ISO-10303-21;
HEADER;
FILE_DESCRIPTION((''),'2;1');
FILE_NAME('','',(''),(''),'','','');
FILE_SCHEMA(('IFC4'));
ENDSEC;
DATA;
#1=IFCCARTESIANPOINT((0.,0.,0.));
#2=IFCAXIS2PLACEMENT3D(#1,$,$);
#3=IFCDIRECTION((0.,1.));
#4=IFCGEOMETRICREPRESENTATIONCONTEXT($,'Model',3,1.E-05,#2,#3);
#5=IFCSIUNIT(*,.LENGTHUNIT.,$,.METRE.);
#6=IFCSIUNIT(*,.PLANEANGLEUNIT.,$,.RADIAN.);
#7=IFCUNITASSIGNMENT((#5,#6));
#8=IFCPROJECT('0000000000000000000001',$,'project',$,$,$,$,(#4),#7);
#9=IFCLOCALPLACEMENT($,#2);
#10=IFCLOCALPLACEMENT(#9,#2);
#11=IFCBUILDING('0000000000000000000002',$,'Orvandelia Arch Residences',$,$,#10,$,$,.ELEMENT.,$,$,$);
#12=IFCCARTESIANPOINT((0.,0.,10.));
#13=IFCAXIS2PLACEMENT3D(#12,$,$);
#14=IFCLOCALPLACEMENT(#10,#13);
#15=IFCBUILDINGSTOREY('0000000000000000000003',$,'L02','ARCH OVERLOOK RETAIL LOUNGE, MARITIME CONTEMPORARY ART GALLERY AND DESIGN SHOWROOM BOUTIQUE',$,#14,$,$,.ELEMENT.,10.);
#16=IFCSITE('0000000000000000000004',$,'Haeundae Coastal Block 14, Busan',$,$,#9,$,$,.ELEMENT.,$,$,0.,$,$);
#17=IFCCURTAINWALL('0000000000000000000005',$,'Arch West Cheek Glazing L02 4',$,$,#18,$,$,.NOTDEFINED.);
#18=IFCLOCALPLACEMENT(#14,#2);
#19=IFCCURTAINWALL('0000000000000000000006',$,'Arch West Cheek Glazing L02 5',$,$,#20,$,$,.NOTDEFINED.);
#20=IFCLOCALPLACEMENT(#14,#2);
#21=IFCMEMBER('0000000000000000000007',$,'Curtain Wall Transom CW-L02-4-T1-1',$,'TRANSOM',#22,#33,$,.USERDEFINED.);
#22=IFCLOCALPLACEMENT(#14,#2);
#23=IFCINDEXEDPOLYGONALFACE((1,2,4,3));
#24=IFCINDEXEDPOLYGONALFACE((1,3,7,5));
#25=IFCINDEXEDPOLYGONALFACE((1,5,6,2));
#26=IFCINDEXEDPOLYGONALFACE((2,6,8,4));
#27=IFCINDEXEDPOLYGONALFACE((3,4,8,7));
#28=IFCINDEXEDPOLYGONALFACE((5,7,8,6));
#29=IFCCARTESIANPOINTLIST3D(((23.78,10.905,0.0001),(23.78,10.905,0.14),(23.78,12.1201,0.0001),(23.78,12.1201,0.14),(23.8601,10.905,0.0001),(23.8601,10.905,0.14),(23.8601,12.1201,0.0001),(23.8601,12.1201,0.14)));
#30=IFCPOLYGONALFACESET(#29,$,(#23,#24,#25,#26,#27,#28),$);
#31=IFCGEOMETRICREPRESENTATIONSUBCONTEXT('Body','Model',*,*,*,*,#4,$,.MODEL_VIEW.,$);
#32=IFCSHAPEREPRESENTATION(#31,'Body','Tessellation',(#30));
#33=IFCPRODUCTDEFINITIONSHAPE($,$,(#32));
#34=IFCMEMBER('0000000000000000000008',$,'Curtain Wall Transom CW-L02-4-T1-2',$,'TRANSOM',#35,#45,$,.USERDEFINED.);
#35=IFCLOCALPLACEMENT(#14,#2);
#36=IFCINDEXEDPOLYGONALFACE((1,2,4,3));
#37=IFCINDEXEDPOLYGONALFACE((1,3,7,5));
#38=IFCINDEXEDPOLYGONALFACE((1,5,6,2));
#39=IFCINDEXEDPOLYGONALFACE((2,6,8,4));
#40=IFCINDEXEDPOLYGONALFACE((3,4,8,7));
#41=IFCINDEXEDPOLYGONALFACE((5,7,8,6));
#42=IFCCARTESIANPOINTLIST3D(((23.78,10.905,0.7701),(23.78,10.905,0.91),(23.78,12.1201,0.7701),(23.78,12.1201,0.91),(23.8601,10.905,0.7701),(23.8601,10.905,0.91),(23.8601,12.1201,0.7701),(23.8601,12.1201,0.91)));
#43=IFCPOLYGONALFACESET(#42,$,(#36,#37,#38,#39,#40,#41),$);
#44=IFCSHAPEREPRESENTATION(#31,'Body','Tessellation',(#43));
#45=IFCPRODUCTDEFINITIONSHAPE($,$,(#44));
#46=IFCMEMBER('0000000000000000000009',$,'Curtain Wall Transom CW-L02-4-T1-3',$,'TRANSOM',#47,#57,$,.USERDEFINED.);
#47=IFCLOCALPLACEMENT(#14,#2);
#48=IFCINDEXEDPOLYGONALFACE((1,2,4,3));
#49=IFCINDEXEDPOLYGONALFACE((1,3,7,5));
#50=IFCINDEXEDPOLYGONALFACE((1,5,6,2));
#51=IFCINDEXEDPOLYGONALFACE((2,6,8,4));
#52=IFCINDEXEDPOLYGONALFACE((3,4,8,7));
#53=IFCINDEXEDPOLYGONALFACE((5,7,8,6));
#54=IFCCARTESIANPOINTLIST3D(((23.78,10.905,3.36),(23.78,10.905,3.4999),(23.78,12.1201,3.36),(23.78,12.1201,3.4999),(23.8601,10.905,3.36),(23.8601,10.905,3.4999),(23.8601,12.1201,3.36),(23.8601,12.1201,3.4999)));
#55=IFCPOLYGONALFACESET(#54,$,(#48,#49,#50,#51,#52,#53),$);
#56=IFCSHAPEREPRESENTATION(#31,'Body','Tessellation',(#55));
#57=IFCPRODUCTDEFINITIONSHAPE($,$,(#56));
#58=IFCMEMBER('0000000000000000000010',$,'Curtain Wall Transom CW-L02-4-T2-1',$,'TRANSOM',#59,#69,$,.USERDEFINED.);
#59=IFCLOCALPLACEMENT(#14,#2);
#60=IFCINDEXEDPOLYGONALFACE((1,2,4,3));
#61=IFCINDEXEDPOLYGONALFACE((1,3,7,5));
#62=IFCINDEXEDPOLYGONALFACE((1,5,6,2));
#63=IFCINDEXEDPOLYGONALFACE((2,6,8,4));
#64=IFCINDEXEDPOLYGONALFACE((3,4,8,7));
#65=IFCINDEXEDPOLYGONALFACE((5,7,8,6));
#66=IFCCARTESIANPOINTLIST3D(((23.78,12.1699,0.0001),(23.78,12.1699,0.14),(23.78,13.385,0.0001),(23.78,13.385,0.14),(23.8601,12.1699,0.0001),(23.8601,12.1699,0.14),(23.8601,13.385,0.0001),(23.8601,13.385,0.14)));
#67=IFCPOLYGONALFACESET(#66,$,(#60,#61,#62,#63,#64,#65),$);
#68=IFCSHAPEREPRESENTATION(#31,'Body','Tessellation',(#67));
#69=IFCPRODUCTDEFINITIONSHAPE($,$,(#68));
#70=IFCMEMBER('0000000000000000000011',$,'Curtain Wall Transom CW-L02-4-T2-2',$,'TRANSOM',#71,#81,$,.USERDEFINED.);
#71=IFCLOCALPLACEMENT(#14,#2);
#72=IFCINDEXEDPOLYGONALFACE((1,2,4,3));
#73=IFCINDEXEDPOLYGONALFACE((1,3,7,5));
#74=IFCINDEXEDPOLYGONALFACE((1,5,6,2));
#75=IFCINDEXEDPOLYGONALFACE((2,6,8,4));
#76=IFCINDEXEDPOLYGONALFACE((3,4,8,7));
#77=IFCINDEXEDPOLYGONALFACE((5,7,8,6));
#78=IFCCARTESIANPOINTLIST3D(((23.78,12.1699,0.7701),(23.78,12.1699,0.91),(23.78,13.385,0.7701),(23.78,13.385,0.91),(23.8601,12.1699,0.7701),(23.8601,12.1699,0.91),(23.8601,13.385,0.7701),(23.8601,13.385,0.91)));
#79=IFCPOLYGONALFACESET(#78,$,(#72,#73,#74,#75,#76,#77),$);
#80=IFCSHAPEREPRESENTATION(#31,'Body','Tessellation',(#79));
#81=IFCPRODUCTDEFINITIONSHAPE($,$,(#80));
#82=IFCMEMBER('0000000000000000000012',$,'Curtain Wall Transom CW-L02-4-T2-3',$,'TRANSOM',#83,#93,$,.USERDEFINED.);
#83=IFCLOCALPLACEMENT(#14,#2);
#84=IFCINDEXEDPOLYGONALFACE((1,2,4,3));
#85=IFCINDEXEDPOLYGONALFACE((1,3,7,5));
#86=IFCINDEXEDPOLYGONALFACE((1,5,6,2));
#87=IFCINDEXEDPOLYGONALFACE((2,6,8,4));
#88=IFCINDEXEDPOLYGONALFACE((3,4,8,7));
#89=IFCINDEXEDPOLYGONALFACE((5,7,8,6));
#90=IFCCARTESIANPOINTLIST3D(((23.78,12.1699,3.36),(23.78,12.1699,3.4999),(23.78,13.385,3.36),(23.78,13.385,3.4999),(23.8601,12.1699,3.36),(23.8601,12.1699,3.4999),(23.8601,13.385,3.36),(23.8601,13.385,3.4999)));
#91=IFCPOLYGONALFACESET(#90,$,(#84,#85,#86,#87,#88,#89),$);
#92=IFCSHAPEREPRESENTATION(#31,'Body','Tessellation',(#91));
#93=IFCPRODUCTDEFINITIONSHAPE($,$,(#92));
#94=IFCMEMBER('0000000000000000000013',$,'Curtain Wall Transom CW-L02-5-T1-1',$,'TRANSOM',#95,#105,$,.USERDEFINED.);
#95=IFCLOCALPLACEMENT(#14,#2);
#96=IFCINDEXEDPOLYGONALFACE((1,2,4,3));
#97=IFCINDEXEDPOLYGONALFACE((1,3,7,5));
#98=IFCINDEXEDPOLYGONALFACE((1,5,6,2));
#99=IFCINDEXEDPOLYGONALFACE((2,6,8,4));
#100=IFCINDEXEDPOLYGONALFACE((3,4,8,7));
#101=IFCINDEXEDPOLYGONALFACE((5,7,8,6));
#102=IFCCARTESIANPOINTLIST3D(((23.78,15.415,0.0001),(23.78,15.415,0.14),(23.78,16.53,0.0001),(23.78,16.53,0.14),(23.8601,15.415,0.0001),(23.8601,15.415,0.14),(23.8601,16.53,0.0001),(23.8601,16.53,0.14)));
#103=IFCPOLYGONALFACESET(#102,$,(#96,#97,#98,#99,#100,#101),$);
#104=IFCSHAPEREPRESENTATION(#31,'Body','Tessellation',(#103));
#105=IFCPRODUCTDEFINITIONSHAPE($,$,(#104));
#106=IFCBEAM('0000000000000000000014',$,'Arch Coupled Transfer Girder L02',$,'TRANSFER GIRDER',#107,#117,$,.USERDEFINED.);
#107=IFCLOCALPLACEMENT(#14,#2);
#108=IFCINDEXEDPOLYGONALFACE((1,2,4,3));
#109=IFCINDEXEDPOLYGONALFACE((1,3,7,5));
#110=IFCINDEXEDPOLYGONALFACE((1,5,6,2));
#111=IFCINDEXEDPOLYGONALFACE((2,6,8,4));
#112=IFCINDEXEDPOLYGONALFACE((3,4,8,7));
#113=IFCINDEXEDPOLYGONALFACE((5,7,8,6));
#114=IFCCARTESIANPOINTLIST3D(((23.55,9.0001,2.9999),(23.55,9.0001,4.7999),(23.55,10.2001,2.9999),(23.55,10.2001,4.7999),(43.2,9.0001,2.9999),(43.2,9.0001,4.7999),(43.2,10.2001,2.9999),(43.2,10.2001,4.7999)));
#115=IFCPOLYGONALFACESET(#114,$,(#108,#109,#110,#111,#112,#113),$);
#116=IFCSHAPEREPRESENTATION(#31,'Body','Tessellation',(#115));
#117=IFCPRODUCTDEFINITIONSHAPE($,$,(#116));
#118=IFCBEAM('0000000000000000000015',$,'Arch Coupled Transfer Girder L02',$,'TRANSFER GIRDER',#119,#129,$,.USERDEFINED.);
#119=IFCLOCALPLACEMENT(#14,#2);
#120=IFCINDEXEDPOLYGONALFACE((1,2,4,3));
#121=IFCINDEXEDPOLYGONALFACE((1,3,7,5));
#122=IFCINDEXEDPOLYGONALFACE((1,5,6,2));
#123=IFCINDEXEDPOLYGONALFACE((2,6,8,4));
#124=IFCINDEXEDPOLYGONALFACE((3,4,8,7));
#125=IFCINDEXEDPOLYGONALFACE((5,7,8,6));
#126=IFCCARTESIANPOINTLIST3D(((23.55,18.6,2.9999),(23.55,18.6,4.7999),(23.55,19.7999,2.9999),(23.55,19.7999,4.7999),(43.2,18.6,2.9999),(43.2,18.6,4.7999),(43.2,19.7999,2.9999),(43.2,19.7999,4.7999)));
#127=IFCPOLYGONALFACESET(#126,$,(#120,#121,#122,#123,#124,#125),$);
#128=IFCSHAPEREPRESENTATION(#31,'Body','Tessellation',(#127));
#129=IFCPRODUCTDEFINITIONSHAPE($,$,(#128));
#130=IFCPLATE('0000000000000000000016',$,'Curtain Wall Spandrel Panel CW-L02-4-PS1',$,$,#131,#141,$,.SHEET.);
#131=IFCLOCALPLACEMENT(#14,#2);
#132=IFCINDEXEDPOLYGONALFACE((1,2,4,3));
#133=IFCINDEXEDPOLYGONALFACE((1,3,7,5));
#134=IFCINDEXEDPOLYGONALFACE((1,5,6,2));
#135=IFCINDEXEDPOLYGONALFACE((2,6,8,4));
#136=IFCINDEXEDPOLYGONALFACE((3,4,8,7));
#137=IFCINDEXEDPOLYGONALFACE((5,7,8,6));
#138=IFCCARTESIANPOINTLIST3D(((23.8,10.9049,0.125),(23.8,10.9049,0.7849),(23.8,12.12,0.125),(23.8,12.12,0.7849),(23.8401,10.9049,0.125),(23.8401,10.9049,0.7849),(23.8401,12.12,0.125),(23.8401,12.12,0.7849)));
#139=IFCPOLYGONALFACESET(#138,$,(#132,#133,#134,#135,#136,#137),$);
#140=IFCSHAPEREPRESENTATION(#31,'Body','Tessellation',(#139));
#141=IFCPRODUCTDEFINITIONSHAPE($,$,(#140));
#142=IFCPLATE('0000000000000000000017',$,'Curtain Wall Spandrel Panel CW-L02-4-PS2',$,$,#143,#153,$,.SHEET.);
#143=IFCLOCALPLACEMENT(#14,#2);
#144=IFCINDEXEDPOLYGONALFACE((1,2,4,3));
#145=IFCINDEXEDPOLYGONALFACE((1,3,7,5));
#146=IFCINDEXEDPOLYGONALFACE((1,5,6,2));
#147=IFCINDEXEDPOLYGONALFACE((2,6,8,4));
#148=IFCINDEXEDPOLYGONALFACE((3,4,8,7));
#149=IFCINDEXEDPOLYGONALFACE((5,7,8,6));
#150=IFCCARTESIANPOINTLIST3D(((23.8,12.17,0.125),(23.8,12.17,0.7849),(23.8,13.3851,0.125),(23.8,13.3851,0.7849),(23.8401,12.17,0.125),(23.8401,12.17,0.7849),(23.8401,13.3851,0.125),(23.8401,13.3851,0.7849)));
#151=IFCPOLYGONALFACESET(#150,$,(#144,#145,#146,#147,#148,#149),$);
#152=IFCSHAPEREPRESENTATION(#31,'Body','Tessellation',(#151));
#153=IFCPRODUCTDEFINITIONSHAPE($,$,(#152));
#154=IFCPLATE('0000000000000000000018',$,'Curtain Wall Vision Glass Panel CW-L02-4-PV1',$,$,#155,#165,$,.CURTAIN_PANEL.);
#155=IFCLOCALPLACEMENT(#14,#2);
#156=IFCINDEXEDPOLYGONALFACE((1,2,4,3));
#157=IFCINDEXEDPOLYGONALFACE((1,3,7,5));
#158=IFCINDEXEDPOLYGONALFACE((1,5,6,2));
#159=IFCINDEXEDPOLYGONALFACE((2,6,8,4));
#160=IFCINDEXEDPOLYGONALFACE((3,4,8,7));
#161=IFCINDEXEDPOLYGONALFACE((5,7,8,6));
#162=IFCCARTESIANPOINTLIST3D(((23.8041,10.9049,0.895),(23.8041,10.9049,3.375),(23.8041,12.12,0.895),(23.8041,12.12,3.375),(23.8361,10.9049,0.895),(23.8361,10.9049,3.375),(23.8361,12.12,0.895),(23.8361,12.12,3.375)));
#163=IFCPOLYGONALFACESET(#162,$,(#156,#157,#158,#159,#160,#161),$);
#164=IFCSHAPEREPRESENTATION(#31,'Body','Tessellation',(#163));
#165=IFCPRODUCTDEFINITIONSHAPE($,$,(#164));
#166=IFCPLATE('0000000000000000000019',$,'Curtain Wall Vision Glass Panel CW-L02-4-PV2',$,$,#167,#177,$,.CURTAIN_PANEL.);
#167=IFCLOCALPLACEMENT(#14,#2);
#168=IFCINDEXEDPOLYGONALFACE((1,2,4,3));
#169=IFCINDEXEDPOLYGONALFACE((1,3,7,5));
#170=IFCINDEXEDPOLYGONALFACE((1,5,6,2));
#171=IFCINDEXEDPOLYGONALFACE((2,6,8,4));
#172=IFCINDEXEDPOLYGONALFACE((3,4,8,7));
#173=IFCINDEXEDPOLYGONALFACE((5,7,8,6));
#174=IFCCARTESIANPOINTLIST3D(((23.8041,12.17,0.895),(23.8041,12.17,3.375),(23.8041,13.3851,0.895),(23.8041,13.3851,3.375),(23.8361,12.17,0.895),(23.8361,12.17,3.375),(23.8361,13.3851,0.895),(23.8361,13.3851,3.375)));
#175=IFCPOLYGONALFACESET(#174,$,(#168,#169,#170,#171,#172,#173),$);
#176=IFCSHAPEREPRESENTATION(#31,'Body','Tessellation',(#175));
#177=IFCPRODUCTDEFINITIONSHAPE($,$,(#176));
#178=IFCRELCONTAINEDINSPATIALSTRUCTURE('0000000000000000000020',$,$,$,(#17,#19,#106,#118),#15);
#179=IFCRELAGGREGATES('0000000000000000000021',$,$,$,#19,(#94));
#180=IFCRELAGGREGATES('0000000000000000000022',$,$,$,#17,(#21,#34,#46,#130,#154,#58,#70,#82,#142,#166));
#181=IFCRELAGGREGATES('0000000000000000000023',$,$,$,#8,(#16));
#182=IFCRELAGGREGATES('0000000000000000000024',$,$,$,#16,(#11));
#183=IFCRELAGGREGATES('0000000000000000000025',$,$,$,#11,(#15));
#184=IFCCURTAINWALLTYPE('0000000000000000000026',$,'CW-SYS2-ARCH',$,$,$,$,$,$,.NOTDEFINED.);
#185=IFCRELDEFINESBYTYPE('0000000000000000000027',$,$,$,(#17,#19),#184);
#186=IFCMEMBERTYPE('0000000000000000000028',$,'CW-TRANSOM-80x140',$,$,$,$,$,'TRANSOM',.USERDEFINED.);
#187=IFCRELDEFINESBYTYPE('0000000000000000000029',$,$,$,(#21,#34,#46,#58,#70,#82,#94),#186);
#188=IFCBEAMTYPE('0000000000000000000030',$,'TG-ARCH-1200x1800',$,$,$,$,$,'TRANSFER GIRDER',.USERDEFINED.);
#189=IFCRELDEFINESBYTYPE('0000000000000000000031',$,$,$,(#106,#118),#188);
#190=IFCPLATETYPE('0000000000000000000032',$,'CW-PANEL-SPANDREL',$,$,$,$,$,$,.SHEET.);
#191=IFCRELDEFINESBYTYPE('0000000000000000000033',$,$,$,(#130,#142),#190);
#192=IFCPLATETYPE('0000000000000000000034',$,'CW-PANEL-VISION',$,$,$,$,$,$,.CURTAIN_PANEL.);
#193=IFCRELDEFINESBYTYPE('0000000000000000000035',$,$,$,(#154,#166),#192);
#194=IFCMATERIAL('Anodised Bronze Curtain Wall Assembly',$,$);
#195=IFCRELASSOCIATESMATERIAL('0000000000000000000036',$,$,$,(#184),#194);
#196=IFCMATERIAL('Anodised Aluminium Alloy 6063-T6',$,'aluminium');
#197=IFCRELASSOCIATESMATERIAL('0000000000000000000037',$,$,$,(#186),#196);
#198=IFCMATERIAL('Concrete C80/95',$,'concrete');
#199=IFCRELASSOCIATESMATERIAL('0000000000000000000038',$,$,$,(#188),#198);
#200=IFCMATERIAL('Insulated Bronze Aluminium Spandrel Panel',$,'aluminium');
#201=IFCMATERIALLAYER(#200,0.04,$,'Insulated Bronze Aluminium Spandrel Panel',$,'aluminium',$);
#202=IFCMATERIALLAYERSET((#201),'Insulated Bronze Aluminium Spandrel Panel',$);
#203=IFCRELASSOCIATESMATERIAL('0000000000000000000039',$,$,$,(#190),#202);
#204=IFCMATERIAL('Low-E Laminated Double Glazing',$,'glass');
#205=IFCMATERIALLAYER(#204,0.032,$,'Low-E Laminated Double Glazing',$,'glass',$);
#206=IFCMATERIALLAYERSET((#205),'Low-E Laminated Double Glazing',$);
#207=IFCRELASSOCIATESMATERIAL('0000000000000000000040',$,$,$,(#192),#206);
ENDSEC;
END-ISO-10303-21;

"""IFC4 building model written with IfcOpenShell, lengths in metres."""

from ifc_helpers import new_model, si_unit, direction, frame, origin, origin_2d, place, context, subcontext, project, spatial, rectangle, extrude, material, layer, layer_set, material_profile, profile_set, type_object, element, aggregate, save


model = new_model("IFC4")

# Units and contexts
model_context = context("Model", 3, precision=1e-05, world=origin(), true_north=direction((0.0, 1.0)))
body_context = subcontext(model_context, "Body", "Model", "MODEL_VIEW")
ifc_project = project(units=[si_unit("LENGTHUNIT", "METRE"), si_unit("PLANEANGLEUNIT", "RADIAN")], contexts=[model_context])

# Site, building, storey
site_placement = place(None, origin())
site = spatial("IfcSite", under=ifc_project, at=site_placement, Name="Haeundae Coastal Block 14, Busan", CompositionType="ELEMENT", RefElevation=0.0)
building_placement = place(site_placement, origin())
building = spatial("IfcBuilding", under=site, at=building_placement, Name="Orvandelia Arch Residences", CompositionType="ELEMENT")
storey_placement = place(building_placement, frame((0.0, 0.0, 10.0)))
storey = spatial("IfcBuildingStorey", under=building, at=storey_placement, Name="L02", Description="ARCH OVERLOOK RETAIL LOUNGE, MARITIME CONTEMPORARY ART GALLERY AND DESIGN SHOWROOM BOUTIQUE", CompositionType="ELEMENT", Elevation=10.0)

# Curtain wall
ifc_material_1 = material(Name="Anodised Bronze Curtain Wall Assembly")
curtain_wall_type = type_object("IfcCurtainWallType", Name="CW-SYS2-ARCH", PredefinedType="NOTDEFINED", material=ifc_material_1)
curtain_wall_1_placement = place(storey_placement, origin())
curtain_wall_1 = element("IfcCurtainWall", 1, at=curtain_wall_1_placement, inside=storey, type_object=curtain_wall_type, Name="Arch West Cheek Glazing L02 4", PredefinedType="NOTDEFINED")
ifc_material_2 = material(Name="Anodised Aluminium Alloy 6063-T6", Category="aluminium")

# Curtain wall
curtain_wall_2_placement = place(storey_placement, origin())
curtain_wall_2 = element("IfcCurtainWall", 2, at=curtain_wall_2_placement, inside=storey, type_object=curtain_wall_type, Name="Arch West Cheek Glazing L02 5", PredefinedType="NOTDEFINED")

# Members
ifc_material_profile_1 = material_profile(ifc_material_2, rectangle(XDim=0.0801, YDim=0.1399, at=origin_2d()), Name="Anodised Aluminium Alloy 6063-T6", Category="aluminium")
ifc_profile_set_1 = profile_set([ifc_material_profile_1], Name="Anodised Aluminium Alloy 6063-T6")
member_type_1 = type_object("IfcMemberType", Name="CW-TRANSOM-80x140", ElementType="TRANSOM", PredefinedType="USERDEFINED", material=ifc_profile_set_1)
member_1_placement = place(storey_placement, frame((23.8201, 10.905, 0.0701), z_axis=(0.0, 1.0, 0.0), x_axis=(-1.0, 0.0, 0.0)))
member_1 = element("IfcMember", 3, at=member_1_placement, type_object=member_type_1, Name="Curtain Wall Transom CW-L02-4-T1-1", ObjectType="TRANSOM", PredefinedType="USERDEFINED", context=body_context, shape_type="SweptSolid", body=[
    extrude(rectangle(XDim=0.0801, YDim=0.1399, at=origin_2d()), origin(), (0.0, 0.0, 1.0), 1.2151),
])
member_2_placement = place(storey_placement, frame((23.8201, 10.905, 0.8401), z_axis=(0.0, 1.0, 0.0), x_axis=(-1.0, 0.0, 0.0)))
member_2 = element("IfcMember", 4, at=member_2_placement, type_object=member_type_1, Name="Curtain Wall Transom CW-L02-4-T1-2", ObjectType="TRANSOM", PredefinedType="USERDEFINED", context=body_context, shape_type="SweptSolid", body=[
    extrude(rectangle(XDim=0.0801, YDim=0.1399, at=origin_2d()), origin(), (0.0, 0.0, 1.0), 1.2151),
])
member_3_placement = place(storey_placement, frame((23.8201, 10.905, 3.4299), z_axis=(0.0, 1.0, 0.0), x_axis=(-1.0, 0.0, 0.0)))
member_3 = element("IfcMember", 5, at=member_3_placement, type_object=member_type_1, Name="Curtain Wall Transom CW-L02-4-T1-3", ObjectType="TRANSOM", PredefinedType="USERDEFINED", context=body_context, shape_type="SweptSolid", body=[
    extrude(rectangle(XDim=0.0801, YDim=0.1399, at=origin_2d()), origin(), (0.0, 0.0, 1.0), 1.2151),
])
member_4_placement = place(storey_placement, frame((23.8201, 12.1699, 0.0701), z_axis=(0.0, 1.0, 0.0), x_axis=(-1.0, 0.0, 0.0)))
member_4 = element("IfcMember", 6, at=member_4_placement, type_object=member_type_1, Name="Curtain Wall Transom CW-L02-4-T2-1", ObjectType="TRANSOM", PredefinedType="USERDEFINED", context=body_context, shape_type="SweptSolid", body=[
    extrude(rectangle(XDim=0.0801, YDim=0.1399, at=origin_2d()), origin(), (0.0, 0.0, 1.0), 1.2151),
])
member_5_placement = place(storey_placement, frame((23.8201, 12.1699, 0.8401), z_axis=(0.0, 1.0, 0.0), x_axis=(-1.0, 0.0, 0.0)))
member_5 = element("IfcMember", 7, at=member_5_placement, type_object=member_type_1, Name="Curtain Wall Transom CW-L02-4-T2-2", ObjectType="TRANSOM", PredefinedType="USERDEFINED", context=body_context, shape_type="SweptSolid", body=[
    extrude(rectangle(XDim=0.0801, YDim=0.1399, at=origin_2d()), origin(), (0.0, 0.0, 1.0), 1.2151),
])
member_6_placement = place(storey_placement, frame((23.8201, 12.1699, 3.4299), z_axis=(0.0, 1.0, 0.0), x_axis=(-1.0, 0.0, 0.0)))
member_6 = element("IfcMember", 8, at=member_6_placement, type_object=member_type_1, Name="Curtain Wall Transom CW-L02-4-T2-3", ObjectType="TRANSOM", PredefinedType="USERDEFINED", context=body_context, shape_type="SweptSolid", body=[
    extrude(rectangle(XDim=0.0801, YDim=0.1399, at=origin_2d()), origin(), (0.0, 0.0, 1.0), 1.2151),
])
member_7_placement = place(storey_placement, frame((23.8201, 15.415, 0.0701), z_axis=(0.0, 1.0, 0.0), x_axis=(-1.0, 0.0, 0.0)))
member_7 = element("IfcMember", 9, at=member_7_placement, type_object=member_type_1, Name="Curtain Wall Transom CW-L02-5-T1-1", ObjectType="TRANSOM", PredefinedType="USERDEFINED", context=body_context, shape_type="SweptSolid", body=[
    extrude(rectangle(XDim=0.0801, YDim=0.1399, at=origin_2d()), origin(), (0.0, 0.0, 1.0), 1.115),
])
aggregate(curtain_wall_2, [member_7])

# Beams
ifc_material_3 = material(Name="Concrete C80/95", Category="concrete")
ifc_material_profile_2 = material_profile(ifc_material_3, rectangle(XDim=1.2, YDim=1.8, at=origin_2d()), Name="Concrete C80/95", Category="concrete")
ifc_profile_set_2 = profile_set([ifc_material_profile_2], Name="Concrete C80/95")
beam_type_1 = type_object("IfcBeamType", Name="TG-ARCH-1200x1800", ElementType="TRANSFER GIRDER", PredefinedType="USERDEFINED", material=ifc_profile_set_2)
for number, where, z_axis, x_axis, name in (
    (10, (23.55, 9.6001, 3.8999), (1.0, 0.0, 0.0), (0.0, 1.0, 0.0), "Arch Coupled Transfer Girder L02"),
    (11, (23.55, 19.2, 3.8999), (1.0, 0.0, 0.0), (0.0, 1.0, 0.0), "Arch Coupled Transfer Girder L02"),
):
    element("IfcBeam", number, at=place(storey_placement, frame(where, z_axis=z_axis, x_axis=x_axis)), inside=storey, type_object=beam_type_1, Name=name, ObjectType="TRANSFER GIRDER", PredefinedType="USERDEFINED", context=body_context, shape_type="SweptSolid", body=[
        extrude(rectangle(XDim=1.2, YDim=1.8, at=origin_2d()), origin(), (0.0, 0.0, 1.0), 19.6499),
    ])

# Plates
ifc_material_4 = material(Name="Insulated Bronze Aluminium Spandrel Panel", Category="aluminium")
ifc_layer_1 = layer(ifc_material_4, 0.04, Name="Insulated Bronze Aluminium Spandrel Panel", Category="aluminium")
ifc_layer_set_1 = layer_set([ifc_layer_1], Name="Insulated Bronze Aluminium Spandrel Panel")
plate_type_1 = type_object("IfcPlateType", Name="CW-PANEL-SPANDREL", PredefinedType="SHEET", material=ifc_layer_set_1)
plate_1_placement = place(storey_placement, frame((23.8201, 11.5125, 0.125), z_axis=(0.0, 0.0, 1.0), x_axis=(0.0, 1.0, 0.0)))
plate_1 = element("IfcPlate", 12, at=plate_1_placement, type_object=plate_type_1, Name="Curtain Wall Spandrel Panel CW-L02-4-PS1", PredefinedType="SHEET", context=body_context, shape_type="SweptSolid", body=[
    extrude(rectangle(XDim=1.2151, YDim=0.04, at=origin_2d()), origin(), (0.0, 0.0, 1.0), 0.6599),
])
plate_2_placement = place(storey_placement, frame((23.8201, 12.7776, 0.125), z_axis=(0.0, 0.0, 1.0), x_axis=(0.0, 1.0, 0.0)))
plate_2 = element("IfcPlate", 13, at=plate_2_placement, type_object=plate_type_1, Name="Curtain Wall Spandrel Panel CW-L02-4-PS2", PredefinedType="SHEET", context=body_context, shape_type="SweptSolid", body=[
    extrude(rectangle(XDim=1.2151, YDim=0.04, at=origin_2d()), origin(), (0.0, 0.0, 1.0), 0.6599),
])
ifc_material_5 = material(Name="Low-E Laminated Double Glazing", Category="glass")
ifc_layer_2 = layer(ifc_material_5, 0.032, Name="Low-E Laminated Double Glazing", Category="glass")
ifc_layer_set_2 = layer_set([ifc_layer_2], Name="Low-E Laminated Double Glazing")
plate_type_2 = type_object("IfcPlateType", Name="CW-PANEL-VISION", PredefinedType="CURTAIN_PANEL", material=ifc_layer_set_2)
plate_3_placement = place(storey_placement, frame((23.8201, 11.5125, 0.895), z_axis=(0.0, 0.0, 1.0), x_axis=(0.0, 1.0, 0.0)))
plate_3 = element("IfcPlate", 14, at=plate_3_placement, type_object=plate_type_2, Name="Curtain Wall Vision Glass Panel CW-L02-4-PV1", PredefinedType="CURTAIN_PANEL", context=body_context, shape_type="SweptSolid", body=[
    extrude(rectangle(XDim=1.2151, YDim=0.032, at=origin_2d()), origin(), (0.0, 0.0, 1.0), 2.48),
])
plate_4_placement = place(storey_placement, frame((23.8201, 12.7776, 0.895), z_axis=(0.0, 0.0, 1.0), x_axis=(0.0, 1.0, 0.0)))
plate_4 = element("IfcPlate", 15, at=plate_4_placement, type_object=plate_type_2, Name="Curtain Wall Vision Glass Panel CW-L02-4-PV2", PredefinedType="CURTAIN_PANEL", context=body_context, shape_type="SweptSolid", body=[
    extrude(rectangle(XDim=1.2151, YDim=0.032, at=origin_2d()), origin(), (0.0, 0.0, 1.0), 2.48),
])
aggregate(curtain_wall_1, [member_1, member_2, member_3, plate_1, plate_3, member_4, member_5, member_6, plate_2, plate_4])

save(model, "model.ifc")
